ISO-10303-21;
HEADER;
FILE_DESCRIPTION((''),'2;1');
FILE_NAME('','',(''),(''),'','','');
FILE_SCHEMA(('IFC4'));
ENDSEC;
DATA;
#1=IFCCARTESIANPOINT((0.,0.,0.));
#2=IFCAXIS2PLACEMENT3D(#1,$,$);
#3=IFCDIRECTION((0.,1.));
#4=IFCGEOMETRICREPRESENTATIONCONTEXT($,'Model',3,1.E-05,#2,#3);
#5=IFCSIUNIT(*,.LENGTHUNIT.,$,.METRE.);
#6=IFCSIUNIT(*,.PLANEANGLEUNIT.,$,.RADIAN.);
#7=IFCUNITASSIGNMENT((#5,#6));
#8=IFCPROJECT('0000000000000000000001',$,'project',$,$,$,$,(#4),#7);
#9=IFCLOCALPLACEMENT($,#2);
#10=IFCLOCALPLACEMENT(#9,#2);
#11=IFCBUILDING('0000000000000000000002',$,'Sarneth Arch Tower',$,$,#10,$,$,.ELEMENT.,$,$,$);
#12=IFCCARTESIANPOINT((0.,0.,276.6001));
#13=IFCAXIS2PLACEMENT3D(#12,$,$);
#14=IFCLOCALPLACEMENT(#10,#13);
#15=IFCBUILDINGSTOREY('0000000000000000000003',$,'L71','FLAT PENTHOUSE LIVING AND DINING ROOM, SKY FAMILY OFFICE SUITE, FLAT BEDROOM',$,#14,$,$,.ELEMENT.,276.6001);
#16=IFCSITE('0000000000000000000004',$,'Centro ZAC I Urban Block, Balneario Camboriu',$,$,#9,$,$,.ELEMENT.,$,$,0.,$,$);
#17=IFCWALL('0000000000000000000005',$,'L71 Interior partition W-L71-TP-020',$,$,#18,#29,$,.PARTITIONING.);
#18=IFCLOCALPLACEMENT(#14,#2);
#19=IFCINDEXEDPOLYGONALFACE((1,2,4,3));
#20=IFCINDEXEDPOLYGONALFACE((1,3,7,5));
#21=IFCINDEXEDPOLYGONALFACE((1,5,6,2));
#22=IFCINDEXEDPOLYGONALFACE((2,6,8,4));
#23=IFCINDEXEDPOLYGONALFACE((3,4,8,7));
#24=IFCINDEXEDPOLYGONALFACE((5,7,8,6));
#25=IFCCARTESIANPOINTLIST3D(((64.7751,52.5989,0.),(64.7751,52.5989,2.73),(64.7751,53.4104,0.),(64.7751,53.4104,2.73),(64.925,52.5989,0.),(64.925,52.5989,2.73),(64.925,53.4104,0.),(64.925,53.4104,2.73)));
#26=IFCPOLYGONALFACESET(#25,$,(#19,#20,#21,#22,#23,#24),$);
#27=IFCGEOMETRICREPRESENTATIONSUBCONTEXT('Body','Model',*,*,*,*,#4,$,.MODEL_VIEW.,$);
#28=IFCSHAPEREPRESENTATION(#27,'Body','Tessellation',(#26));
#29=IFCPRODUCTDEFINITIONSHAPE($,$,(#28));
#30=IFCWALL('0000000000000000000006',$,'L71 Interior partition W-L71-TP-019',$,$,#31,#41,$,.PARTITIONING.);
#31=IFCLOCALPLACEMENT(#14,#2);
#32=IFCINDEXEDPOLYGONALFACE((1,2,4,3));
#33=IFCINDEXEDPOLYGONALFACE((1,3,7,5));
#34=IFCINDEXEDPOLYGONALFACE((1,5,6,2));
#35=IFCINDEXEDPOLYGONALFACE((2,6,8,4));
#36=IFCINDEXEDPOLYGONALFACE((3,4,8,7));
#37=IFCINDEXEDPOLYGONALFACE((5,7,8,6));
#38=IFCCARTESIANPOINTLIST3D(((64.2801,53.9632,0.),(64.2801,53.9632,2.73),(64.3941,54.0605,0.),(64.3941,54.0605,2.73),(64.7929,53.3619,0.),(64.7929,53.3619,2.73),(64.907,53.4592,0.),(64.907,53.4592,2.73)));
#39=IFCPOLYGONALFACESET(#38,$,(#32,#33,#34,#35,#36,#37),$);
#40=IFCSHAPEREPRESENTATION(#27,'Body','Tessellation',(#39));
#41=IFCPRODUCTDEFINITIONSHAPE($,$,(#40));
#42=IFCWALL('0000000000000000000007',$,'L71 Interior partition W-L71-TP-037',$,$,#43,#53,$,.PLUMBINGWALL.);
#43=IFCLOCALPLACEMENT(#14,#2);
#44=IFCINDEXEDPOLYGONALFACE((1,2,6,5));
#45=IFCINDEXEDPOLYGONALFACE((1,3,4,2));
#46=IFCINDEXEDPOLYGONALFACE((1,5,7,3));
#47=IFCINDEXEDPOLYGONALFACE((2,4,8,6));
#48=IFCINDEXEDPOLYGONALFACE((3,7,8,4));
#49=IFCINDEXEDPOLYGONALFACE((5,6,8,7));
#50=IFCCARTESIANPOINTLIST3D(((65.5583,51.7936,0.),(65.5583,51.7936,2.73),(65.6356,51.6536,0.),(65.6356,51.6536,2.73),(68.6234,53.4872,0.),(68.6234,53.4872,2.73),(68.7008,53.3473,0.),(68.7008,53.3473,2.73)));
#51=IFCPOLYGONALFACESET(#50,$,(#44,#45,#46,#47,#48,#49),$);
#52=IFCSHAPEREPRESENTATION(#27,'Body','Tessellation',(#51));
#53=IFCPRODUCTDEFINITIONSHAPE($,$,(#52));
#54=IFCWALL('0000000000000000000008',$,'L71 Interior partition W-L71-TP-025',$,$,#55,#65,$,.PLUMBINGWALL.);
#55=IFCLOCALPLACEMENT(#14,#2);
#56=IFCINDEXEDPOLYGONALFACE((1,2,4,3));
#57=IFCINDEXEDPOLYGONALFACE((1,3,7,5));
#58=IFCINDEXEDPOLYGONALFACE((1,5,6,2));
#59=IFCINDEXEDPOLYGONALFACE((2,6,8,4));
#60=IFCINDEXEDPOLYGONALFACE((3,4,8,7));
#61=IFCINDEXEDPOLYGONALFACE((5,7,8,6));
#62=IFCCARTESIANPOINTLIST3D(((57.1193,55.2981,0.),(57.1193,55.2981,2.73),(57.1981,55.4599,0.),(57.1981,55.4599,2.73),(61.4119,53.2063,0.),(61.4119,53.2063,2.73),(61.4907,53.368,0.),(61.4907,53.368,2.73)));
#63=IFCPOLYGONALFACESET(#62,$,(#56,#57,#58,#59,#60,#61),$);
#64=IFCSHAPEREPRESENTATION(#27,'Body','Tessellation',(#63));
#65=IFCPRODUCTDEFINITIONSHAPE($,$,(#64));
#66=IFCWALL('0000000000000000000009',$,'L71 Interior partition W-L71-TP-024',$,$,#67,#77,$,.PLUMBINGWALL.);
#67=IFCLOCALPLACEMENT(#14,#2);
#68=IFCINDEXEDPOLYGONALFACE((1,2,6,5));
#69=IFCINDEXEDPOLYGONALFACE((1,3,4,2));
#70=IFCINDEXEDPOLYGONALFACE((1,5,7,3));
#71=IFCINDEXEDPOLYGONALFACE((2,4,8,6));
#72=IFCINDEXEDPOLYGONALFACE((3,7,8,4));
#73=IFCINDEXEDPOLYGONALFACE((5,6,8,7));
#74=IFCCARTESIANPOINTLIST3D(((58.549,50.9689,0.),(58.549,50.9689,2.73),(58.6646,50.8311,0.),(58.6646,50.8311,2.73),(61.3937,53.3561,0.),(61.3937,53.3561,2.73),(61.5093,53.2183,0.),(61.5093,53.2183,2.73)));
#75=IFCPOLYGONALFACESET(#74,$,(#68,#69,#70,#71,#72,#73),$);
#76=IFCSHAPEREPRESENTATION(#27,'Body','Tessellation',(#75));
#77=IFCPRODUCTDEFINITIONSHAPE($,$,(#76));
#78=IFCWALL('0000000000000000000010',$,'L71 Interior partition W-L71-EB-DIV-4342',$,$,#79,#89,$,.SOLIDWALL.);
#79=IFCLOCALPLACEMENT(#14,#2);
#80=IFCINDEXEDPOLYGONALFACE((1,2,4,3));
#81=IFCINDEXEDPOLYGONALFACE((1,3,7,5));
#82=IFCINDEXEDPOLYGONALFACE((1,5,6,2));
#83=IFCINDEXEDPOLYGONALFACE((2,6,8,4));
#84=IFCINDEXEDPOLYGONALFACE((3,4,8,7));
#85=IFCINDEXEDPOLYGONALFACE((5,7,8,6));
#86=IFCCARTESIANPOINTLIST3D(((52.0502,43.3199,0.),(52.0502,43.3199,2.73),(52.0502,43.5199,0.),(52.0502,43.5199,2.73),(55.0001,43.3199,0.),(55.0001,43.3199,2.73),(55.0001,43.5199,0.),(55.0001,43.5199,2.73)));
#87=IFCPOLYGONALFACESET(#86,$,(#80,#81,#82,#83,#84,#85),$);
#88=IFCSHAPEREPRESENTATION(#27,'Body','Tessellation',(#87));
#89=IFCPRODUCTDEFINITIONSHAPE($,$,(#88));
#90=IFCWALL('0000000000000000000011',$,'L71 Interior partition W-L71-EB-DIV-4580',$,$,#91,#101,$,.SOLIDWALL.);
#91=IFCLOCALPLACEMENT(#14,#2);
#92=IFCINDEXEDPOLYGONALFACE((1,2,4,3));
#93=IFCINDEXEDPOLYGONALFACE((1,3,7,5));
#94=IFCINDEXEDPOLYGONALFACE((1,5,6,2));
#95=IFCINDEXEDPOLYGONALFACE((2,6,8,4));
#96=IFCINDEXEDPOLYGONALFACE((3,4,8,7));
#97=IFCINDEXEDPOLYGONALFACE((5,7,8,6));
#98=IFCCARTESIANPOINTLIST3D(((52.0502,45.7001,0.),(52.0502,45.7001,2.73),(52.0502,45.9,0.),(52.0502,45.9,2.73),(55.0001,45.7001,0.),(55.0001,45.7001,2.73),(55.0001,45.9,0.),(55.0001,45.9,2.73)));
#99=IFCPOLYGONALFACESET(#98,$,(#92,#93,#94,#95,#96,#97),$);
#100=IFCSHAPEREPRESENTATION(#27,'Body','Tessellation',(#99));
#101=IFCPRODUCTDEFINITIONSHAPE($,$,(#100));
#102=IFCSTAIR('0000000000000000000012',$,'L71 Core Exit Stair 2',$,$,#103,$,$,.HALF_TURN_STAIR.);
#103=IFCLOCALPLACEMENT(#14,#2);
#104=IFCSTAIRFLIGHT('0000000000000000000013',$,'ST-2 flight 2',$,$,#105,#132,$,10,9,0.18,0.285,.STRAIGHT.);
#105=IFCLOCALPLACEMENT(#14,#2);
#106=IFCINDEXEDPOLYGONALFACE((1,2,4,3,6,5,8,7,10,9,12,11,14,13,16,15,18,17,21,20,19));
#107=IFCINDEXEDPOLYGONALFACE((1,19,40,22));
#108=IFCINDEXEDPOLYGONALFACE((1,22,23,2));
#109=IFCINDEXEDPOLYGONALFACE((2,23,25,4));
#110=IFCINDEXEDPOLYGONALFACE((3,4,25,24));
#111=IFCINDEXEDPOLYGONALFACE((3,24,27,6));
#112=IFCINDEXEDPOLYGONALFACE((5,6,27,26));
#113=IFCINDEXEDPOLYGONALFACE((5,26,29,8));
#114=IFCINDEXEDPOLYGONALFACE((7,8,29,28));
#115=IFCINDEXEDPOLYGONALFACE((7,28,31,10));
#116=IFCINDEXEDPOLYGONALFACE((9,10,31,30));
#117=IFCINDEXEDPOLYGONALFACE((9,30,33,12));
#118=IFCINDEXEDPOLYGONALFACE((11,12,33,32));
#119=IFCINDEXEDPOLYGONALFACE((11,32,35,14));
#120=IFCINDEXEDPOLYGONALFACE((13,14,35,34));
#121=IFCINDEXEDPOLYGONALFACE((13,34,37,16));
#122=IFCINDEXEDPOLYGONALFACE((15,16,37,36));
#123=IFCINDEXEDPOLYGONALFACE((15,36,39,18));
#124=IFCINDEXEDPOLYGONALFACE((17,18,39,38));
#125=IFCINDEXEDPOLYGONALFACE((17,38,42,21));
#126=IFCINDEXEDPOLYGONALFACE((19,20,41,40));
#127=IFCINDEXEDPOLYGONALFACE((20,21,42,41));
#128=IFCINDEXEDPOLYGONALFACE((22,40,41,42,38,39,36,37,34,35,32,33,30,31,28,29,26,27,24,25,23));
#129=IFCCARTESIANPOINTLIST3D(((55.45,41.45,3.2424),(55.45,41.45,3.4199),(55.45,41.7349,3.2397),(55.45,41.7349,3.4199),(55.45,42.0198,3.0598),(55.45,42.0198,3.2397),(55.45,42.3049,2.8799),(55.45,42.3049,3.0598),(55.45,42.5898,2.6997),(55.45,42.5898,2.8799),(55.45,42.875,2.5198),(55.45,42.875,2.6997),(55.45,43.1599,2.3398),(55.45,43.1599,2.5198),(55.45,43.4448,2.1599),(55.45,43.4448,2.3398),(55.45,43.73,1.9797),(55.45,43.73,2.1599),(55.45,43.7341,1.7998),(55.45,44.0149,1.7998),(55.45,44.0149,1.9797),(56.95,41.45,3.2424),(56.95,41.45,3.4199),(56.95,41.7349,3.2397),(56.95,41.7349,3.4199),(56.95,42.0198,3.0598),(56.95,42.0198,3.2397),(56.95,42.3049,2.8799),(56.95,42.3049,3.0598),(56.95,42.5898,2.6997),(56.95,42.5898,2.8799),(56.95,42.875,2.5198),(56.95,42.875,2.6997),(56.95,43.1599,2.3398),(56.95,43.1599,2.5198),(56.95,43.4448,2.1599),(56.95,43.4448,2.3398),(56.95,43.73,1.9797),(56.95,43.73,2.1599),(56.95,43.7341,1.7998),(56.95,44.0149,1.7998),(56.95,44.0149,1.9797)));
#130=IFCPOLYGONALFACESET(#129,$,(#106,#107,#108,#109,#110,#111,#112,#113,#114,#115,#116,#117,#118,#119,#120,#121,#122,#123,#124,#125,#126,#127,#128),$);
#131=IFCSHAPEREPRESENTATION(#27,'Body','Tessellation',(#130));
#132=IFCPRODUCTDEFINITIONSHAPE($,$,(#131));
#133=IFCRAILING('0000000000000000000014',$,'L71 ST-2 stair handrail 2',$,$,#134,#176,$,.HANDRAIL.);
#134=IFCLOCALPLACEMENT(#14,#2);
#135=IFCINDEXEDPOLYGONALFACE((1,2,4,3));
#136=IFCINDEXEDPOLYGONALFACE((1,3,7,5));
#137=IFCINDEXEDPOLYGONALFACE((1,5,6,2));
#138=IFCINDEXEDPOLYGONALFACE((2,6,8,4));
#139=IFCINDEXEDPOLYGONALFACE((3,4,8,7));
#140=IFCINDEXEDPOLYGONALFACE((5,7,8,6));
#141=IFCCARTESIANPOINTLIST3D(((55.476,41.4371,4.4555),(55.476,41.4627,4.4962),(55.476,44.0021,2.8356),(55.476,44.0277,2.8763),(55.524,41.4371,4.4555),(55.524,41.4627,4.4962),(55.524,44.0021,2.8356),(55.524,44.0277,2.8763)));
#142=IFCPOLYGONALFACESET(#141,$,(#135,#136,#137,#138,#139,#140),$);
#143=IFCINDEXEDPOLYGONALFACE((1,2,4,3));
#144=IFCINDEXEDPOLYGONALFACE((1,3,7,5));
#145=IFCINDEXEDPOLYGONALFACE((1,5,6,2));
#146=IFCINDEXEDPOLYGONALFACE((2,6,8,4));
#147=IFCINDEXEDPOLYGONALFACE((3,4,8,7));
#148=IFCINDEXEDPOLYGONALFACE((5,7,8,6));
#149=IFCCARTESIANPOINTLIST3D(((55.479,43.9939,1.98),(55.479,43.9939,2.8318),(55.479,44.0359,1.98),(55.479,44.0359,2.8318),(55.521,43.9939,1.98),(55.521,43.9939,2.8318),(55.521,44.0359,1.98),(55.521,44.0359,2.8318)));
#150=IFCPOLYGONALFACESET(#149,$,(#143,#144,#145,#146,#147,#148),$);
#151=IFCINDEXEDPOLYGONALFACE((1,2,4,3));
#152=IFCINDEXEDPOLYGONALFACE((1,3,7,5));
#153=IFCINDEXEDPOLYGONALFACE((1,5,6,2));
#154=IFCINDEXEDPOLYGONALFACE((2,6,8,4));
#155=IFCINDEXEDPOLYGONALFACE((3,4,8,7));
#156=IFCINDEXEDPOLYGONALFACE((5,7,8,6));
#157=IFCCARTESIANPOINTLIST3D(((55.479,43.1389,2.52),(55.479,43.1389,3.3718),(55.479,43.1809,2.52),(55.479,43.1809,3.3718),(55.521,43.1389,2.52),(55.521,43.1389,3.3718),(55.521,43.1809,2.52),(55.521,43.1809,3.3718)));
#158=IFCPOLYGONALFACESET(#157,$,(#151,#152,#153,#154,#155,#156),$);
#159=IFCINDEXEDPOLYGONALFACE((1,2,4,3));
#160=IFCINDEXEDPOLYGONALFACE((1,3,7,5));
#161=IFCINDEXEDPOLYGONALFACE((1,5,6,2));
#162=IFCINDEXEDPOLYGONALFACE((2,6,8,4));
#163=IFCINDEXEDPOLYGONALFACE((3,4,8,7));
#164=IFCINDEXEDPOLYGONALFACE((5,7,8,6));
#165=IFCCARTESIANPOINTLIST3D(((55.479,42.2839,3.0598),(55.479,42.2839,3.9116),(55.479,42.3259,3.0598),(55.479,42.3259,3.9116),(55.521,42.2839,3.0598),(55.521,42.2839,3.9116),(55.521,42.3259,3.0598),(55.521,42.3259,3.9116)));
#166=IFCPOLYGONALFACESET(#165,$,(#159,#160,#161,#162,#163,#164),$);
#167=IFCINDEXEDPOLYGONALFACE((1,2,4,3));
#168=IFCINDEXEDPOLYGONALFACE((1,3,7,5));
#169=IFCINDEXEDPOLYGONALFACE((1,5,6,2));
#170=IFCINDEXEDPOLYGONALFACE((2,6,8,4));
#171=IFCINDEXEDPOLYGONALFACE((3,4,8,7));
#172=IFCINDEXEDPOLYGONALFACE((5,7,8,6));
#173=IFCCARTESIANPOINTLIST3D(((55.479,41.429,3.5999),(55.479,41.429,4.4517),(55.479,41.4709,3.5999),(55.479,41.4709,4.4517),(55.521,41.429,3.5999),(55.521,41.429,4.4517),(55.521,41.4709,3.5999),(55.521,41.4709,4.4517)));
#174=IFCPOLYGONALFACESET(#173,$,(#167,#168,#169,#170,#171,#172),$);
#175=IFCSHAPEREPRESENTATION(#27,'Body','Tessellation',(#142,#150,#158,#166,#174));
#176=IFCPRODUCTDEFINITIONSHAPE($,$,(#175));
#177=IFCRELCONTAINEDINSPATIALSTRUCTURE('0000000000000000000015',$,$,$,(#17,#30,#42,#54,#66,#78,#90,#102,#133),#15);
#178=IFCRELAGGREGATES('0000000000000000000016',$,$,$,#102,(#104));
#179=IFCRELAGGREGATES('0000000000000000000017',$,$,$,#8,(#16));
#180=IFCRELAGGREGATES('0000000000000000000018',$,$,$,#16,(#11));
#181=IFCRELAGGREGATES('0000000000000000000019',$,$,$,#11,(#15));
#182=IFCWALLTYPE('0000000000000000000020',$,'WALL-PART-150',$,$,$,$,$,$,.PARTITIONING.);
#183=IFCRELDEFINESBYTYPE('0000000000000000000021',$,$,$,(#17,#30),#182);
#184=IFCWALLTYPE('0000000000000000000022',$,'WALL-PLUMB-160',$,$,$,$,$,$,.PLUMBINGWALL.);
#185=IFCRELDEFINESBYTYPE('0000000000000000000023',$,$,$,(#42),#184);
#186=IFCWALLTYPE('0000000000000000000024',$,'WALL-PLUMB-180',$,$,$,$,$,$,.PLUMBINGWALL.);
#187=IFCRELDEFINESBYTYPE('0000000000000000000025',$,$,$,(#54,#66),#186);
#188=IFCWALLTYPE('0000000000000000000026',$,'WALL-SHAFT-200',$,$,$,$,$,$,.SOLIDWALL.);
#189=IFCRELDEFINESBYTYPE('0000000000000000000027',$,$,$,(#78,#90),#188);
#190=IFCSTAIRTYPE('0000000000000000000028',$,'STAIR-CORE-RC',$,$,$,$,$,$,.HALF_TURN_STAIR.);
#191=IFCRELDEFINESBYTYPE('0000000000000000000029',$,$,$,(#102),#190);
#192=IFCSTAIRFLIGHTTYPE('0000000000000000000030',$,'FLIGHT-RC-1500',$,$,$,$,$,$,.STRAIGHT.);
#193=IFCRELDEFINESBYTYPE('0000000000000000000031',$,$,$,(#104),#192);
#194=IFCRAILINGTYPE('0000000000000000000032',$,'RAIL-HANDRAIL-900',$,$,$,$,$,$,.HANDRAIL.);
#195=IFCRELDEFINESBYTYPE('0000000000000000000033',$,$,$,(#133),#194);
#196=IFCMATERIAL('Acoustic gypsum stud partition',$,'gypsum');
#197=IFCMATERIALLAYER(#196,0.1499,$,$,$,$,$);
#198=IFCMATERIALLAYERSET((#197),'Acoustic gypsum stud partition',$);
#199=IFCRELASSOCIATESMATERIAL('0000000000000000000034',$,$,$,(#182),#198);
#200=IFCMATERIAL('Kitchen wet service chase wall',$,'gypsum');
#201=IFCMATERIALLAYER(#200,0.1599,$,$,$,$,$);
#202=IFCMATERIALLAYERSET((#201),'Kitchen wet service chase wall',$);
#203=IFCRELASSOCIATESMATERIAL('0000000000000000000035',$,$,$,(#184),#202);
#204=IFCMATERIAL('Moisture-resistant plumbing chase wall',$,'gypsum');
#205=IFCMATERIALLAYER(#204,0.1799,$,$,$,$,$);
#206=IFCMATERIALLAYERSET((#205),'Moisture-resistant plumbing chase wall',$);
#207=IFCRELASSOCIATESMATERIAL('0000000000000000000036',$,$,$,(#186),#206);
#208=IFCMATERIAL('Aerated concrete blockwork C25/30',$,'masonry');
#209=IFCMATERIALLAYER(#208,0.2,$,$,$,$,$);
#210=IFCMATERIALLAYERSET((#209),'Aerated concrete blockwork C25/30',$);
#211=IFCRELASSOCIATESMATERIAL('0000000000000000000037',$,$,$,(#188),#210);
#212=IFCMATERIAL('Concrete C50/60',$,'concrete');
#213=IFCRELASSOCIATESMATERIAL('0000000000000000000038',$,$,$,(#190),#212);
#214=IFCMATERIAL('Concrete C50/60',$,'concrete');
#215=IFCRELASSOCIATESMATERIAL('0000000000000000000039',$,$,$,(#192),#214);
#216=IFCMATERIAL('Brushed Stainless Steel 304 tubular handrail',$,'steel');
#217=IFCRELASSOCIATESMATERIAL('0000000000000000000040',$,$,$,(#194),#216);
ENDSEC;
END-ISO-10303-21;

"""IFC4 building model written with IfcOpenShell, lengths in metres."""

from ifc_helpers import new_model, si_unit, direction, frame, frame_2d, origin, origin_2d, place, context, subcontext, project, spatial, polyline, rectangle, outline, extrude, material, layer, layer_set, type_object, element, aggregate, save


model = new_model("IFC4")

# Units and contexts
model_context = context("Model", 3, precision=1e-05, world=origin(), true_north=direction((0.0, 1.0)))
body_context = subcontext(model_context, "Body", "Model", "MODEL_VIEW")
ifc_project = project(units=[si_unit("LENGTHUNIT", "METRE"), si_unit("PLANEANGLEUNIT", "RADIAN")], contexts=[model_context])

# Site, building, storey
site_placement = place(None, origin())
site = spatial("IfcSite", under=ifc_project, at=site_placement, Name="Centro ZAC I Urban Block, Balneario Camboriu", CompositionType="ELEMENT", RefElevation=0.0)
building_placement = place(site_placement, origin())
building = spatial("IfcBuilding", under=site, at=building_placement, Name="Sarneth Arch Tower", CompositionType="ELEMENT")
storey_placement = place(building_placement, frame((0.0, 0.0, 276.6001)))
storey = spatial("IfcBuildingStorey", under=building, at=storey_placement, Name="L71", Description="FLAT PENTHOUSE LIVING AND DINING ROOM, SKY FAMILY OFFICE SUITE, FLAT BEDROOM", CompositionType="ELEMENT", Elevation=276.6001)

# Walls
ifc_material_1 = material(Name="Acoustic gypsum stud partition", Category="gypsum")
ifc_layer_1 = layer(ifc_material_1, 0.1499)
ifc_layer_set_1 = layer_set([ifc_layer_1], Name="Acoustic gypsum stud partition")
wall_type_1 = type_object("IfcWallType", Name="WALL-PART-150", PredefinedType="PARTITIONING", material=ifc_layer_set_1)
wall_1_placement = place(storey_placement, frame((64.8501, 53.4104, 0.0), z_axis=(0.0, 0.0, 1.0), x_axis=(0.0, -1.0, 0.0)))
element("IfcWall", 1, at=wall_1_placement, inside=storey, type_object=wall_type_1, Name="L71 Interior partition W-L71-TP-020", PredefinedType="PARTITIONING", context=body_context, shape_type="SweptSolid", body=[
    extrude(rectangle(XDim=0.8115, YDim=0.1499, at=frame_2d((0.4058, 0.0))), origin(), (0.0, 0.0, 1.0), 2.73),
])
wall_2_placement = place(storey_placement, frame((64.3372, 54.0117, 0.0), z_axis=(0.0, 0.0, 1.0), x_axis=(0.648983, -0.760803, 0.0)))
element("IfcWall", 2, at=wall_2_placement, inside=storey, type_object=wall_type_1, Name="L71 Interior partition W-L71-TP-019", PredefinedType="PARTITIONING", context=body_context, shape_type="SweptSolid", body=[
    extrude(rectangle(XDim=0.7903, YDim=0.1499, at=frame_2d((0.395, 0.0))), origin(), (0.0, 0.0, 1.0), 2.73),
])
ifc_material_2 = material(Name="Kitchen wet service chase wall", Category="gypsum")
ifc_layer_2 = layer(ifc_material_2, 0.1599)
ifc_layer_set_2 = layer_set([ifc_layer_2], Name="Kitchen wet service chase wall")
wall_type_2 = type_object("IfcWallType", Name="WALL-PLUMB-160", PredefinedType="PLUMBINGWALL", material=ifc_layer_set_2)
wall_3_placement = place(storey_placement, frame((65.5969, 51.7236, 0.0), z_axis=(0.0, 0.0, 1.0), x_axis=(0.87528, 0.483617, 0.0)))
element("IfcWall", 3, at=wall_3_placement, inside=storey, type_object=wall_type_2, Name="L71 Interior partition W-L71-TP-037", PredefinedType="PLUMBINGWALL", context=body_context, shape_type="SweptSolid", body=[
    extrude(rectangle(XDim=3.502, YDim=0.1599, at=frame_2d((1.751, 0.0))), origin(), (0.0, 0.0, 1.0), 2.73),
])
ifc_material_3 = material(Name="Moisture-resistant plumbing chase wall", Category="gypsum")
ifc_layer_3 = layer(ifc_material_3, 0.1799)
ifc_layer_set_3 = layer_set([ifc_layer_3], Name="Moisture-resistant plumbing chase wall")
wall_type_3 = type_object("IfcWallType", Name="WALL-PLUMB-180", PredefinedType="PLUMBINGWALL", material=ifc_layer_set_3)
wall_4_placement = place(storey_placement, frame((61.4514, 53.2871, 0.0), z_axis=(0.0, 0.0, 1.0), x_axis=(-0.898941, 0.438069, 0.0)))
element("IfcWall", 4, at=wall_4_placement, inside=storey, type_object=wall_type_3, Name="L71 Interior partition W-L71-TP-025", PredefinedType="PLUMBINGWALL", context=body_context, shape_type="SweptSolid", body=[
    extrude(rectangle(XDim=4.7751, YDim=0.1799, at=frame_2d((2.3877, 0.0))), origin(), (0.0, 0.0, 1.0), 2.73),
])
wall_5_placement = place(storey_placement, frame((58.6067, 50.8999, 0.0), z_axis=(0.0, 0.0, 1.0), x_axis=(0.766018, 0.642819, 0.0)))
element("IfcWall", 5, at=wall_5_placement, inside=storey, type_object=wall_type_3, Name="L71 Interior partition W-L71-TP-024", PredefinedType="PLUMBINGWALL", context=body_context, shape_type="SweptSolid", body=[
    extrude(rectangle(XDim=3.7136, YDim=0.1799, at=frame_2d((1.8569, 0.0))), origin(), (0.0, 0.0, 1.0), 2.73),
])
ifc_material_4 = material(Name="Aerated concrete blockwork C25/30", Category="masonry")
ifc_layer_4 = layer(ifc_material_4, 0.2)
ifc_layer_set_4 = layer_set([ifc_layer_4], Name="Aerated concrete blockwork C25/30")
wall_type_4 = type_object("IfcWallType", Name="WALL-SHAFT-200", PredefinedType="SOLIDWALL", material=ifc_layer_set_4)
for number, where, z_axis, x_axis, name in (
    (6, (52.05, 43.4199, 0.0), (0.0, 0.0, 1.0), (1.0, 0.0, 0.0), "L71 Interior partition W-L71-EB-DIV-4342"),
    (7, (52.05, 45.8, 0.0), (0.0, 0.0, 1.0), (1.0, 0.0, 0.0), "L71 Interior partition W-L71-EB-DIV-4580"),
):
    element("IfcWall", number, at=place(storey_placement, frame(where, z_axis=z_axis, x_axis=x_axis)), inside=storey, type_object=wall_type_4, Name=name, PredefinedType="SOLIDWALL", context=body_context, shape_type="SweptSolid", body=[
        extrude(rectangle(XDim=2.95, YDim=0.2, at=frame_2d((1.4751, 0.0))), origin(), (0.0, 0.0, 1.0), 2.73),
    ])

# Stair, stair flight
ifc_material_5 = material(Name="Concrete C50/60", Category="concrete")
stair_type = type_object("IfcStairType", Name="STAIR-CORE-RC", PredefinedType="HALF_TURN_STAIR", material=ifc_material_5)
stair_placement = place(storey_placement, origin())
stair = element("IfcStair", 8, at=stair_placement, inside=storey, type_object=stair_type, Name="L71 Core Exit Stair 2", PredefinedType="HALF_TURN_STAIR")
ifc_material_6 = material(Name="Concrete C50/60", Category="concrete")
stair_flight_type = type_object("IfcStairFlightType", Name="FLIGHT-RC-1500", PredefinedType="STRAIGHT", material=ifc_material_6)
stair_flight_placement = place(storey_placement, frame((56.2, 44.0149, 1.7998), z_axis=(0.0, 0.0, 1.0), x_axis=(0.0, -1.0, 0.0)))
stair_flight = element("IfcStairFlight", 9, at=stair_flight_placement, type_object=stair_flight_type, Name="ST-2 flight 2", NumberOfRisers=10, NumberOfTreads=9, PredefinedType="STRAIGHT", RiserHeight=0.18, TreadLength=0.285, context=body_context, shape_type="SweptSolid", body=[
    extrude(outline(polyline([(0.0, 0.0), (0.0, 0.1799), (0.2849, 0.1799), (0.2849, 0.3601), (0.5701, 0.3601), (0.5701, 0.54), (0.855, 0.54), (0.855, 0.72), (1.1399, 0.72), (1.1399, 0.8999), (1.425, 0.8999), (1.425, 1.0801), (1.71, 1.0801), (1.71, 1.26), (1.9951, 1.26), (1.9951, 1.4399), (2.28, 1.4399), (2.28, 1.6201), (2.5649, 1.6201), (2.5649, 1.8), (2.5649, 1.4426), (0.2808, 0.0), (0.0, 0.0)])), frame((0.0, 0.75, 0.0), z_axis=(0.0, -1.0, 0.0), x_axis=(1.0, 0.0, 0.0)), (0.0, 0.0, 1.0), 1.5),
])
aggregate(stair, [stair_flight])

# Railing
ifc_material_7 = material(Name="Brushed Stainless Steel 304 tubular handrail", Category="steel")
railing_type_1 = type_object("IfcRailingType", Name="RAIL-HANDRAIL-900", PredefinedType="HANDRAIL", material=ifc_material_7)
railing_1_placement = place(storey_placement, frame((55.5, 44.0149, 1.98)))
element("IfcRailing", 10, at=railing_1_placement, inside=storey, type_object=railing_type_1, Name="L71 ST-2 stair handrail 2", PredefinedType="HANDRAIL", context=body_context, shape_type="SweptSolid", body=[
    extrude(rectangle(XDim=0.0481, YDim=0.0481, at=origin_2d()), frame((0.0, 0.0, 0.876), z_axis=(0.0, -0.845502, 0.533972), x_axis=(1.0, 0.0, 0.0)), (0.0, 0.0, 1.0), 3.0337),
    extrude(rectangle(XDim=0.042, YDim=0.042, at=origin_2d()), origin(), (0.0, 0.0, 1.0), 0.8518),
    extrude(rectangle(XDim=0.042, YDim=0.042, at=origin_2d()), frame((0.0, -0.855, 0.54)), (0.0, 0.0, 1.0), 0.8518),
    extrude(rectangle(XDim=0.042, YDim=0.042, at=origin_2d()), frame((0.0, -1.71, 1.0798)), (0.0, 0.0, 1.0), 0.8518),
    extrude(rectangle(XDim=0.042, YDim=0.042, at=origin_2d()), frame((0.0, -2.5649, 1.6199)), (0.0, 0.0, 1.0), 0.8518),
])

save(model, "model.ifc")
